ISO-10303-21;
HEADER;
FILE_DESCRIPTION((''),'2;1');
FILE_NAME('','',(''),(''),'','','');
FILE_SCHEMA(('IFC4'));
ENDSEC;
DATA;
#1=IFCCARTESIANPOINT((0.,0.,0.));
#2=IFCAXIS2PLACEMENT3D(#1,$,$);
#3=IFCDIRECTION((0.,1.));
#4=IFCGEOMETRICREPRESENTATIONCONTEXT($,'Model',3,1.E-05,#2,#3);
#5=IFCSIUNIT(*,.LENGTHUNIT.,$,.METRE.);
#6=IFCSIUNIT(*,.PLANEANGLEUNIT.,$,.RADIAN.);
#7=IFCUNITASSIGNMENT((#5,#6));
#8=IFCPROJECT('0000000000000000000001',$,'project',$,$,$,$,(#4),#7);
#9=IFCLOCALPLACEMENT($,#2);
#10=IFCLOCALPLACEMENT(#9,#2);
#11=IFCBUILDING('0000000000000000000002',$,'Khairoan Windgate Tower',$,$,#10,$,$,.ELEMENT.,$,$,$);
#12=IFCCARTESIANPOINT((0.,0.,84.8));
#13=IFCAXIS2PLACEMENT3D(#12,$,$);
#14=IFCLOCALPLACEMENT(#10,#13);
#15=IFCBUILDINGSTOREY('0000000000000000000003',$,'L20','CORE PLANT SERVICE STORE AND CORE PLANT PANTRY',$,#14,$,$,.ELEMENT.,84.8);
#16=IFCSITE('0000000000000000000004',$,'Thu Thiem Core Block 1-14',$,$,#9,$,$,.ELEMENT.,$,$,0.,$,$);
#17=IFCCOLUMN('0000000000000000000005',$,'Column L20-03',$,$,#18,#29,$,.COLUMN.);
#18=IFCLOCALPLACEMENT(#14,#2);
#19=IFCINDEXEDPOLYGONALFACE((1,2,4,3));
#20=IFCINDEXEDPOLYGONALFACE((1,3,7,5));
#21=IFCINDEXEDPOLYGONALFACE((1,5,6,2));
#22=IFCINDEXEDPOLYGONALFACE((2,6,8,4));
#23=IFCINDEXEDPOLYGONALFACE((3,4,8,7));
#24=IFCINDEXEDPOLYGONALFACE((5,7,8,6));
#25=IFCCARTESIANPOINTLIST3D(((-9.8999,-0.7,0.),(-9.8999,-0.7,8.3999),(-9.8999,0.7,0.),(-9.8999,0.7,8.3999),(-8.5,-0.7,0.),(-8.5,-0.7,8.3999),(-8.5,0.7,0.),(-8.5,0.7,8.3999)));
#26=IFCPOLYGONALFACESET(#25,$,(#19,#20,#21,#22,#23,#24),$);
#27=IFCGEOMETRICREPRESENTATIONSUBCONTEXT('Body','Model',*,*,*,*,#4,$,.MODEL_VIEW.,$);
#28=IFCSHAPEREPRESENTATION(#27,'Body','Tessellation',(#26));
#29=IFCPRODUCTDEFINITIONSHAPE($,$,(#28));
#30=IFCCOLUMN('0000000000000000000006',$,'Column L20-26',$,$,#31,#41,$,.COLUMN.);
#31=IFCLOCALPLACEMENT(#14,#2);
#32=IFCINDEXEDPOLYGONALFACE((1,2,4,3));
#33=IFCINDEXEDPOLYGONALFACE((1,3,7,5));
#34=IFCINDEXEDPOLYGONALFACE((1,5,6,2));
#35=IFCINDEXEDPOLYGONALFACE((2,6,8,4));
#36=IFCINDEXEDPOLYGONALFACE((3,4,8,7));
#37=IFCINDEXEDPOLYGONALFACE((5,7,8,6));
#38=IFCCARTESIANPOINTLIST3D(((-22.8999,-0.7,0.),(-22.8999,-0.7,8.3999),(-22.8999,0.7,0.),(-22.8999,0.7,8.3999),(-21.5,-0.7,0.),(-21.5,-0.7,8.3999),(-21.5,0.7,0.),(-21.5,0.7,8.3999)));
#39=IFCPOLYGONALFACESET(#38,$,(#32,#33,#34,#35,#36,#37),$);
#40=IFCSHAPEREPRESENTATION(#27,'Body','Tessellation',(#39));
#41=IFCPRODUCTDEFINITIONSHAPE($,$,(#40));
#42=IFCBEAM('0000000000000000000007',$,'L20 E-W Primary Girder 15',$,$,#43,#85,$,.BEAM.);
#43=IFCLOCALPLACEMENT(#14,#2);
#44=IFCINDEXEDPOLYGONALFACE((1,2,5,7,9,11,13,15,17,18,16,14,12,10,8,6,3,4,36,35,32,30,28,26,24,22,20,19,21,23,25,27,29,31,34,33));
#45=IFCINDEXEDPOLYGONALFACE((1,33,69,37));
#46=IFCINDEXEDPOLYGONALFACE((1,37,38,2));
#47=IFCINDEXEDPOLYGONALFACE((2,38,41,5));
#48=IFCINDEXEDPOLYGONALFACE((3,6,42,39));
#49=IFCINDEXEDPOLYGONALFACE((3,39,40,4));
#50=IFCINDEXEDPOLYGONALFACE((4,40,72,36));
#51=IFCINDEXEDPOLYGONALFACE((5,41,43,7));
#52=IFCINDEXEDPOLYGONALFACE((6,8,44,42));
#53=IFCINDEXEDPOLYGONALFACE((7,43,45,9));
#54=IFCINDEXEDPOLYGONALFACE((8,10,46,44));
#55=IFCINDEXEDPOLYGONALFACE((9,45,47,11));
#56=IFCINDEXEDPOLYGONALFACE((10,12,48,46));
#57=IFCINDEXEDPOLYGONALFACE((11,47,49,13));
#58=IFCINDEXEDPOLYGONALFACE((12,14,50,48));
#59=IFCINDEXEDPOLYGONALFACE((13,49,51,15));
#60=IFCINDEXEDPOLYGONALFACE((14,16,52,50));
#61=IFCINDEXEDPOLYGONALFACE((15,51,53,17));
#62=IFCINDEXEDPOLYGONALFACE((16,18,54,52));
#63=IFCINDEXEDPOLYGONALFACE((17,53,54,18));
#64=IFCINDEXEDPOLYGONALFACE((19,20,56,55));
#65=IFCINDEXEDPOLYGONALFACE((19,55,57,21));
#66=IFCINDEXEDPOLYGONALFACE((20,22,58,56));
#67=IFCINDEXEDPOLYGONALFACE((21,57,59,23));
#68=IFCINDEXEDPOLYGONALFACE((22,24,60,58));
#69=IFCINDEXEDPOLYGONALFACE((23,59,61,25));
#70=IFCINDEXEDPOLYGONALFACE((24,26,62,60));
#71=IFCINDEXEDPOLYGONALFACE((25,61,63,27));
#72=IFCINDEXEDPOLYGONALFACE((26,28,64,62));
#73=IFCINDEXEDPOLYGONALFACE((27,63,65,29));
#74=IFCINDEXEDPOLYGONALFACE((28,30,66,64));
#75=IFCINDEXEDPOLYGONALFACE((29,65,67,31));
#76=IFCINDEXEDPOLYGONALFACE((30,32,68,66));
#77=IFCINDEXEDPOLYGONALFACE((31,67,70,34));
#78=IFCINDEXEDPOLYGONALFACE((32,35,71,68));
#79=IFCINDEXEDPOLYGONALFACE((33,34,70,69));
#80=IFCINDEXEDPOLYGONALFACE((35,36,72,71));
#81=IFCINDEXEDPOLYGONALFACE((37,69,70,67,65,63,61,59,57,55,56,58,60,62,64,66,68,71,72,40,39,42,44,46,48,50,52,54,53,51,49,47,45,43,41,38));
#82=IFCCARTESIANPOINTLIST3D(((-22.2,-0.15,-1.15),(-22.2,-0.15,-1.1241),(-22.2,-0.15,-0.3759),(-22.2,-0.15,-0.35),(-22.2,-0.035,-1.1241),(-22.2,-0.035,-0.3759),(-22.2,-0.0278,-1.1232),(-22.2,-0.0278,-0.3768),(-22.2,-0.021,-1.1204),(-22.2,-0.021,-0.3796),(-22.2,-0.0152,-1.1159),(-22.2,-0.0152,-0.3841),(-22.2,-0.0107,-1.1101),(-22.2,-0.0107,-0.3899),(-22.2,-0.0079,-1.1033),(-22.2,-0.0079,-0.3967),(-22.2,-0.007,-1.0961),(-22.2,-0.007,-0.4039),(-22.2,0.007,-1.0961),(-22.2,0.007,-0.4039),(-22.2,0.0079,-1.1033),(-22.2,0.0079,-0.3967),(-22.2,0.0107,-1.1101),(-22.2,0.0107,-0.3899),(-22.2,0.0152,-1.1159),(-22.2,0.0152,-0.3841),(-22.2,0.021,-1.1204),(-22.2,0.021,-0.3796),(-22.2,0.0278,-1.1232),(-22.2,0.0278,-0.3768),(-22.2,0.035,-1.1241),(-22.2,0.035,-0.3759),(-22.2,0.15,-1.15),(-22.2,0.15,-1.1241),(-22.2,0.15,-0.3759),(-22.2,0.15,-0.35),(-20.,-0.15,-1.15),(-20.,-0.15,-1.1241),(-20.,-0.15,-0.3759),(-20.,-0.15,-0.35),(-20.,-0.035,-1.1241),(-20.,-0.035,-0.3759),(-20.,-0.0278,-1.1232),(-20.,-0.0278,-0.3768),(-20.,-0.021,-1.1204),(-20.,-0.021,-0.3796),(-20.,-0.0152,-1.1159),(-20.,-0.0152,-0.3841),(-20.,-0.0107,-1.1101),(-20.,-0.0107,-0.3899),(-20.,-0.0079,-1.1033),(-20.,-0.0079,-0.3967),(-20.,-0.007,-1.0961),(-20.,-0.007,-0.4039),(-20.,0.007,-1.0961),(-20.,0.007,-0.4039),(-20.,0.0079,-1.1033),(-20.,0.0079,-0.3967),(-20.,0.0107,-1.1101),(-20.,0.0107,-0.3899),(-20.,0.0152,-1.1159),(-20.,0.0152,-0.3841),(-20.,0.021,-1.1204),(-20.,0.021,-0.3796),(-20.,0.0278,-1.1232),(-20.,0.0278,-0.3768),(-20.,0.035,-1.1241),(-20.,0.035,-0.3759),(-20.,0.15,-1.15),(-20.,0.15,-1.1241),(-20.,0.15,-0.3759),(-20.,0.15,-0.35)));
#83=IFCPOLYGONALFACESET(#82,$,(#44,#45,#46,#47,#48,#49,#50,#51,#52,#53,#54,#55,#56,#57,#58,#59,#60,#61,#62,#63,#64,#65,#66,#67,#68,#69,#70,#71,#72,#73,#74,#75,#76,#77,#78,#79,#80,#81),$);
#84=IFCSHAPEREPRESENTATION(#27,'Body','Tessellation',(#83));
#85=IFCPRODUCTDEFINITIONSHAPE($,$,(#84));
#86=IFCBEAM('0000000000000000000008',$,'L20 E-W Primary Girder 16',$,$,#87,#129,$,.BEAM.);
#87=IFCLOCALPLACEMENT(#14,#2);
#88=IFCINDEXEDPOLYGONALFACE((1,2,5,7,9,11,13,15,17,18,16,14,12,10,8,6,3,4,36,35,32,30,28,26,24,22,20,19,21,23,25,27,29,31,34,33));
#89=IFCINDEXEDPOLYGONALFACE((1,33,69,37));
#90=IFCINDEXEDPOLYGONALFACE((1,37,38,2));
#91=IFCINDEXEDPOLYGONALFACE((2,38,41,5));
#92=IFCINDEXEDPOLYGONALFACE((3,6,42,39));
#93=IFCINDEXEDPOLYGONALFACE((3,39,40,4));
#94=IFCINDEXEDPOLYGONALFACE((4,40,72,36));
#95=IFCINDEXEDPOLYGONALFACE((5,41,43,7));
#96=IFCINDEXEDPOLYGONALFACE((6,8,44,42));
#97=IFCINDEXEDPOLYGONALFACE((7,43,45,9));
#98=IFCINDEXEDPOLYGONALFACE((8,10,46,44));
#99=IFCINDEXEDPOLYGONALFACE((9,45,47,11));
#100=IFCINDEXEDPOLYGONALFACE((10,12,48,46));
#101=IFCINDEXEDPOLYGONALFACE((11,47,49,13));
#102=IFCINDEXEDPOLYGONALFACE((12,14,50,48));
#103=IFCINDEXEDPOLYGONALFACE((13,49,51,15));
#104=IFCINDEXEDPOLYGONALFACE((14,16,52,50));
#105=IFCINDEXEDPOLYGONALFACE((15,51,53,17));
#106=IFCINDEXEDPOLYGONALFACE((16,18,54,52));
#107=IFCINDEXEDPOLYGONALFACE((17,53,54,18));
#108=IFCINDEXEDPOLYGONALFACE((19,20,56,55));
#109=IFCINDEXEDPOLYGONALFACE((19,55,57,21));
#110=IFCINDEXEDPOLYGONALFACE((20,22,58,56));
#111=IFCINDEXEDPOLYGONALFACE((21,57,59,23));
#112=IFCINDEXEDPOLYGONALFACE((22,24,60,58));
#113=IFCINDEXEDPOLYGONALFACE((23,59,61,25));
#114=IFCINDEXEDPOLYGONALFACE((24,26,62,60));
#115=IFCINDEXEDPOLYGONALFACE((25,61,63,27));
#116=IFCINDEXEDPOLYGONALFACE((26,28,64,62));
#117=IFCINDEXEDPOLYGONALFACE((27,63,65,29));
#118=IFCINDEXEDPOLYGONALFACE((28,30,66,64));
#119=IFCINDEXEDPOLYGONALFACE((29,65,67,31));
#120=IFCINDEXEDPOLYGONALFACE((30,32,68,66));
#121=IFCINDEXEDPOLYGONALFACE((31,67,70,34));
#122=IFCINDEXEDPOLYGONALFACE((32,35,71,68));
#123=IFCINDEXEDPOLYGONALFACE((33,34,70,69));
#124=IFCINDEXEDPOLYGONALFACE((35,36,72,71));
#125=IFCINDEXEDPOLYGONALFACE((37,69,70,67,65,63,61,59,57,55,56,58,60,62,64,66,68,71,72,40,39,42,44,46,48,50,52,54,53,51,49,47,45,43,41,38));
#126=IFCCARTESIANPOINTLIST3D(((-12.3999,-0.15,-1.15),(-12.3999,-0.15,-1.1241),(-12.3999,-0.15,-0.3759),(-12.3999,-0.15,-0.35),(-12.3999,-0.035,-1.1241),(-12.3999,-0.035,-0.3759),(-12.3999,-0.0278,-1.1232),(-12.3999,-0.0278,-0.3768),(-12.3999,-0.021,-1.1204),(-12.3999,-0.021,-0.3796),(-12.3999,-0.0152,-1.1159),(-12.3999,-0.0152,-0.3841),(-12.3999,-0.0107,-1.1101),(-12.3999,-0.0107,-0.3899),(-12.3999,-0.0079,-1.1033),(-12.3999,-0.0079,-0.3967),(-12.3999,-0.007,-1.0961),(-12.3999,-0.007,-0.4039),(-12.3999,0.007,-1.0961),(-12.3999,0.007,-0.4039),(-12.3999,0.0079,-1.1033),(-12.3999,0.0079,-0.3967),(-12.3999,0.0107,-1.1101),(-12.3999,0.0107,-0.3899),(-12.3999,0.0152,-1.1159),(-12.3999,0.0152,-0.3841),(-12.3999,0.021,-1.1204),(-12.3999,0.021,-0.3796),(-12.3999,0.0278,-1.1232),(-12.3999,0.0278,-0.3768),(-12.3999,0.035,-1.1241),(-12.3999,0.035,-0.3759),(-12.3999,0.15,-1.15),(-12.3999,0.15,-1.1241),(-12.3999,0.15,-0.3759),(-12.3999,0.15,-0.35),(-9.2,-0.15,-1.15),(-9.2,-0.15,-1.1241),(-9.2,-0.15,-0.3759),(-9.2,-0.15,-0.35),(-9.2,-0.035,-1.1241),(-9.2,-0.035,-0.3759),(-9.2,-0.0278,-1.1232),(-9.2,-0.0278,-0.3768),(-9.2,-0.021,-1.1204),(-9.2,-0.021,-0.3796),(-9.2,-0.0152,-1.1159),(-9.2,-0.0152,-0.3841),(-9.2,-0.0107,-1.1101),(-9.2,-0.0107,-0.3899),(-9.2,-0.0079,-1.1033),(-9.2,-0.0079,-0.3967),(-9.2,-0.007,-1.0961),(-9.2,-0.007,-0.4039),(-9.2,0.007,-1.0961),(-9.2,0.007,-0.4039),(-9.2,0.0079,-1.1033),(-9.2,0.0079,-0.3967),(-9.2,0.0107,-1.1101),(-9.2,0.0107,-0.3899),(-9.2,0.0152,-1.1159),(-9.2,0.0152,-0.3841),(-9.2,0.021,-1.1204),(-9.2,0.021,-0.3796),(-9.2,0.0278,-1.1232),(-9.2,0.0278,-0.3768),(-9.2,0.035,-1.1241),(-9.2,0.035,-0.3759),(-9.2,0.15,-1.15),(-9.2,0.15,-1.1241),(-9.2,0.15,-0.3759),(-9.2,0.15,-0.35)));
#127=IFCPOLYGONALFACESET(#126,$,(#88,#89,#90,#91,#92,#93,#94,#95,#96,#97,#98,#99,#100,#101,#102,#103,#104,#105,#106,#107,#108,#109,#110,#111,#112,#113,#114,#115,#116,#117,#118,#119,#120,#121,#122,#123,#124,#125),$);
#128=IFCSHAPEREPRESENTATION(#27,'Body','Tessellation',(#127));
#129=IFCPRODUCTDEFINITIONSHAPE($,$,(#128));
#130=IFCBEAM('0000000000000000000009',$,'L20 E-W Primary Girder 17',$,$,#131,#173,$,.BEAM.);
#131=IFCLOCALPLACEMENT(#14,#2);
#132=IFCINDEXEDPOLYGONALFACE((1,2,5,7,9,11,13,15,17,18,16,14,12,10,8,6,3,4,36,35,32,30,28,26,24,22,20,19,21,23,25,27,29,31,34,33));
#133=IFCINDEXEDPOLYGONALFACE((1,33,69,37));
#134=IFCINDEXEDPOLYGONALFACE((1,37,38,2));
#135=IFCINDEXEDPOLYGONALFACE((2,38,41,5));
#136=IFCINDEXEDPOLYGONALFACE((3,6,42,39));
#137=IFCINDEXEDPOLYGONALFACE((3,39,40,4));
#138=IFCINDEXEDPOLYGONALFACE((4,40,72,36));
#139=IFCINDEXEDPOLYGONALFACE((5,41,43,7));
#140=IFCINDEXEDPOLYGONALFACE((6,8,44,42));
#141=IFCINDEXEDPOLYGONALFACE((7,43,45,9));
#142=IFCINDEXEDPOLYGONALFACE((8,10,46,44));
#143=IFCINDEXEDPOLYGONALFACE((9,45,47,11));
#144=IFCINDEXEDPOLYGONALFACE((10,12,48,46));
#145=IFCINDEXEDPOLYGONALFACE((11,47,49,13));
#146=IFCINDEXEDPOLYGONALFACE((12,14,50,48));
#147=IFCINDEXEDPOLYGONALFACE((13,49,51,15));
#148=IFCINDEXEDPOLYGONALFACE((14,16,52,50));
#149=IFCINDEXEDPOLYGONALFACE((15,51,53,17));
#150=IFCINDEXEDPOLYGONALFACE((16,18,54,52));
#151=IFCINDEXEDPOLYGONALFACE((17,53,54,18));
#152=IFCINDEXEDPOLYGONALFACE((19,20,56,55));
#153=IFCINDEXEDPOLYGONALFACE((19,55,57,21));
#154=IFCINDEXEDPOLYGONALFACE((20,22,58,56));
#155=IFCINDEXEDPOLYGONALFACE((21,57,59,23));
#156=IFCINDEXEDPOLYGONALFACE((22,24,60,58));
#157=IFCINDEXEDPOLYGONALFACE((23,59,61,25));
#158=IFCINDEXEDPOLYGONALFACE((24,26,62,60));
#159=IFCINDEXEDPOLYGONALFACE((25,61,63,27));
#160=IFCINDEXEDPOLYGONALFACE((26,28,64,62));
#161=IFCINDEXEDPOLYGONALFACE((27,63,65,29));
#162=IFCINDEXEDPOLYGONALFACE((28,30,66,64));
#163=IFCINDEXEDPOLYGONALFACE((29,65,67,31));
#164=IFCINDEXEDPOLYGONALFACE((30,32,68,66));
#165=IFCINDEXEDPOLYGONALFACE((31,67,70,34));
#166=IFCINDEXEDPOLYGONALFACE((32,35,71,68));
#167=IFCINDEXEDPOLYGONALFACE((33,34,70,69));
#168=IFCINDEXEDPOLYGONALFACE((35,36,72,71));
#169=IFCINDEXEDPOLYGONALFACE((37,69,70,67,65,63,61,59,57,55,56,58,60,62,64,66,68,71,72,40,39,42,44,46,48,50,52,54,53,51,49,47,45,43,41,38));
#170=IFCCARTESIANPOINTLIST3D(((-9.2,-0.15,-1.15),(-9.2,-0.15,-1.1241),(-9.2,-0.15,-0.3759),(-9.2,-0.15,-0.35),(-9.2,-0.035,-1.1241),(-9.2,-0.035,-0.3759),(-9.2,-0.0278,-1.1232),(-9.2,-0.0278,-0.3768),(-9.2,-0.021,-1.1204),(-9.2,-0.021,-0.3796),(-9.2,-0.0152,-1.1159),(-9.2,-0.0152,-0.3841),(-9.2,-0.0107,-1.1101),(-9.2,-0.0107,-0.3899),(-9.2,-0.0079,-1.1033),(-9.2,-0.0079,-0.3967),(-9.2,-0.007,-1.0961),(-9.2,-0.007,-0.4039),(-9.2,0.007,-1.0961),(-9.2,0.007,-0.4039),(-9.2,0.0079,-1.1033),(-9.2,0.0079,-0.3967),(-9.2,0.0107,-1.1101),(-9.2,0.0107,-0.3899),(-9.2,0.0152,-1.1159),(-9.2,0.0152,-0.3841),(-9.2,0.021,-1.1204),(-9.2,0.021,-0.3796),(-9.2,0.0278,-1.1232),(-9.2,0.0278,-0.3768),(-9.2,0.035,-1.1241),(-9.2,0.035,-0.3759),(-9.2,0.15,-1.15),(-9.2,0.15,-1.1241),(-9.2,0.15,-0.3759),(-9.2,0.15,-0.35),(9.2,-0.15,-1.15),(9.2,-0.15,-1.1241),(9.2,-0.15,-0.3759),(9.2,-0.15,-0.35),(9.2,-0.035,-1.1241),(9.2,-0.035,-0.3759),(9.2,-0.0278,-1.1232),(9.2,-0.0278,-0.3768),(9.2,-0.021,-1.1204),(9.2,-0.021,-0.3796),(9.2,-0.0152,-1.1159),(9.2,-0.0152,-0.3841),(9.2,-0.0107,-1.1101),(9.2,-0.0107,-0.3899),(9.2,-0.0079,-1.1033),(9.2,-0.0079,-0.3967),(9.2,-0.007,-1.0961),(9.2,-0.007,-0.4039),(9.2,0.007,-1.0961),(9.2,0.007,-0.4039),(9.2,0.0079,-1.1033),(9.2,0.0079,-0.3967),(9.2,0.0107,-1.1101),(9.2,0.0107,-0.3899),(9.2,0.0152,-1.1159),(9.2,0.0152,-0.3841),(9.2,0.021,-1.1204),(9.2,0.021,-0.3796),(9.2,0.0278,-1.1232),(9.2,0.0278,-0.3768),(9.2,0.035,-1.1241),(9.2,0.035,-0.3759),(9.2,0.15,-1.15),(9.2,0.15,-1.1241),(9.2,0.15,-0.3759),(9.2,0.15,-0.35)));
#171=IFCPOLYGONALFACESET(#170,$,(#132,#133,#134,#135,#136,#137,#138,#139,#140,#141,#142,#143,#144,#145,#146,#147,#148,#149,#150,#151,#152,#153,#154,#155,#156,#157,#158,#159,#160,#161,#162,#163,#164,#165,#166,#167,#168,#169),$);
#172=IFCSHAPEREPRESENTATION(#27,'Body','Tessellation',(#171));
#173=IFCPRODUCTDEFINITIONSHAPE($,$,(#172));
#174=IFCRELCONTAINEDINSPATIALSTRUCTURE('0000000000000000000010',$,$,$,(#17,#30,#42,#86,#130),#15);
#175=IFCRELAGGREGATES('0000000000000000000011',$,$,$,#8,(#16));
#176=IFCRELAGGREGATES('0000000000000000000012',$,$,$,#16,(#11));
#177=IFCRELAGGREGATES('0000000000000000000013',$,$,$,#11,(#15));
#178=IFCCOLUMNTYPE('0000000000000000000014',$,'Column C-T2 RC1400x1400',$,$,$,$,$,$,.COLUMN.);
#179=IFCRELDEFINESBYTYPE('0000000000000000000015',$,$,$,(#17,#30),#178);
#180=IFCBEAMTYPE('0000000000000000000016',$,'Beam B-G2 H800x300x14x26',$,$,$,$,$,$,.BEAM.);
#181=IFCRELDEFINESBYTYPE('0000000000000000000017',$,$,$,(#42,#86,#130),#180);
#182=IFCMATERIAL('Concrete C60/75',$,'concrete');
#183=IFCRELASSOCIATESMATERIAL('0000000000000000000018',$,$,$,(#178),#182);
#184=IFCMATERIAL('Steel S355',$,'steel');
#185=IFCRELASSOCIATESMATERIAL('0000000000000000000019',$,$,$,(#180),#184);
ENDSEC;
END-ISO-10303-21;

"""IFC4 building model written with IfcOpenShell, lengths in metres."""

from ifc_helpers import new_model, si_unit, direction, frame, origin, origin_2d, place, context, subcontext, project, spatial, rectangle, i_section, extrude, material, material_profile, profile_set, type_object, element, save


model = new_model("IFC4")

# Units and contexts
model_context = context("Model", 3, precision=1e-05, world=origin(), true_north=direction((0.0, 1.0)))
body_context = subcontext(model_context, "Body", "Model", "MODEL_VIEW")
ifc_project = project(units=[si_unit("LENGTHUNIT", "METRE"), si_unit("PLANEANGLEUNIT", "RADIAN")], contexts=[model_context])

# Site, building, storey
site_placement = place(None, origin())
site = spatial("IfcSite", under=ifc_project, at=site_placement, Name="Thu Thiem Core Block 1-14", CompositionType="ELEMENT", RefElevation=0.0)
building_placement = place(site_placement, origin())
building = spatial("IfcBuilding", under=site, at=building_placement, Name="Khairoan Windgate Tower", CompositionType="ELEMENT")
storey_placement = place(building_placement, frame((0.0, 0.0, 84.8)))
storey = spatial("IfcBuildingStorey", under=building, at=storey_placement, Name="L20", Description="CORE PLANT SERVICE STORE AND CORE PLANT PANTRY", CompositionType="ELEMENT", Elevation=84.8)

# Columns
ifc_material_1 = material(Name="Concrete C60/75", Category="concrete")
ifc_material_profile_1 = material_profile(ifc_material_1, rectangle(XDim=1.3999, YDim=1.3999, at=origin_2d()))
ifc_profile_set_1 = profile_set([ifc_material_profile_1], Name="Concrete C60/75")
column_type = type_object("IfcColumnType", Name="Column C-T2 RC1400x1400", PredefinedType="COLUMN", material=ifc_profile_set_1)
for number, where, z_axis, x_axis, name in (
    (1, (-9.2, 0.0, 0.0), (0.0, 0.0, 1.0), (1.0, 0.0, 0.0), "Column L20-03"),
    (2, (-22.2, 0.0, 0.0), (0.0, 0.0, 1.0), (1.0, 0.0, 0.0), "Column L20-26"),
):
    element("IfcColumn", number, at=place(storey_placement, frame(where, z_axis=z_axis, x_axis=x_axis)), inside=storey, type_object=column_type, Name=name, PredefinedType="COLUMN", context=body_context, shape_type="SweptSolid", body=[
        extrude(rectangle(XDim=1.3999, YDim=1.3999, at=origin_2d()), origin(), (0.0, 0.0, 1.0), 8.3999),
    ])

# Beams
ifc_material_2 = material(Name="Steel S355", Category="steel")
ifc_material_profile_2 = material_profile(ifc_material_2, i_section(OverallWidth=0.3, OverallDepth=0.8, WebThickness=0.0139, FlangeThickness=0.0259, FilletRadius=0.0281, at=origin_2d()))
ifc_profile_set_2 = profile_set([ifc_material_profile_2], Name="Steel S355")
beam_type_1 = type_object("IfcBeamType", Name="Beam B-G2 H800x300x14x26", PredefinedType="BEAM", material=ifc_profile_set_2)
beam_1_placement = place(storey_placement, frame((-22.2, 0.0, -0.75), z_axis=(1.0, 0.0, 0.0), x_axis=(0.0, 1.0, 0.0)))
element("IfcBeam", 3, at=beam_1_placement, inside=storey, type_object=beam_type_1, Name="L20 E-W Primary Girder 15", PredefinedType="BEAM", context=body_context, shape_type="SweptSolid", body=[
    extrude(i_section(OverallWidth=0.3, OverallDepth=0.8, WebThickness=0.0139, FlangeThickness=0.0259, FilletRadius=0.0281, at=origin_2d()), origin(), (0.0, 0.0, 1.0), 2.2),
])
beam_2_placement = place(storey_placement, frame((-12.3999, 0.0, -0.75), z_axis=(1.0, 0.0, 0.0), x_axis=(0.0, 1.0, 0.0)))
element("IfcBeam", 4, at=beam_2_placement, inside=storey, type_object=beam_type_1, Name="L20 E-W Primary Girder 16", PredefinedType="BEAM", context=body_context, shape_type="SweptSolid", body=[
    extrude(i_section(OverallWidth=0.3, OverallDepth=0.8, WebThickness=0.0139, FlangeThickness=0.0259, FilletRadius=0.0281, at=origin_2d()), origin(), (0.0, 0.0, 1.0), 3.2),
])
beam_3_placement = place(storey_placement, frame((-9.2, 0.0, -0.75), z_axis=(1.0, 0.0, 0.0), x_axis=(0.0, 1.0, 0.0)))
element("IfcBeam", 5, at=beam_3_placement, inside=storey, type_object=beam_type_1, Name="L20 E-W Primary Girder 17", PredefinedType="BEAM", context=body_context, shape_type="SweptSolid", body=[
    extrude(i_section(OverallWidth=0.3, OverallDepth=0.8, WebThickness=0.0139, FlangeThickness=0.0259, FilletRadius=0.0281, at=origin_2d()), origin(), (0.0, 0.0, 1.0), 18.3999),
])

save(model, "model.ifc")
